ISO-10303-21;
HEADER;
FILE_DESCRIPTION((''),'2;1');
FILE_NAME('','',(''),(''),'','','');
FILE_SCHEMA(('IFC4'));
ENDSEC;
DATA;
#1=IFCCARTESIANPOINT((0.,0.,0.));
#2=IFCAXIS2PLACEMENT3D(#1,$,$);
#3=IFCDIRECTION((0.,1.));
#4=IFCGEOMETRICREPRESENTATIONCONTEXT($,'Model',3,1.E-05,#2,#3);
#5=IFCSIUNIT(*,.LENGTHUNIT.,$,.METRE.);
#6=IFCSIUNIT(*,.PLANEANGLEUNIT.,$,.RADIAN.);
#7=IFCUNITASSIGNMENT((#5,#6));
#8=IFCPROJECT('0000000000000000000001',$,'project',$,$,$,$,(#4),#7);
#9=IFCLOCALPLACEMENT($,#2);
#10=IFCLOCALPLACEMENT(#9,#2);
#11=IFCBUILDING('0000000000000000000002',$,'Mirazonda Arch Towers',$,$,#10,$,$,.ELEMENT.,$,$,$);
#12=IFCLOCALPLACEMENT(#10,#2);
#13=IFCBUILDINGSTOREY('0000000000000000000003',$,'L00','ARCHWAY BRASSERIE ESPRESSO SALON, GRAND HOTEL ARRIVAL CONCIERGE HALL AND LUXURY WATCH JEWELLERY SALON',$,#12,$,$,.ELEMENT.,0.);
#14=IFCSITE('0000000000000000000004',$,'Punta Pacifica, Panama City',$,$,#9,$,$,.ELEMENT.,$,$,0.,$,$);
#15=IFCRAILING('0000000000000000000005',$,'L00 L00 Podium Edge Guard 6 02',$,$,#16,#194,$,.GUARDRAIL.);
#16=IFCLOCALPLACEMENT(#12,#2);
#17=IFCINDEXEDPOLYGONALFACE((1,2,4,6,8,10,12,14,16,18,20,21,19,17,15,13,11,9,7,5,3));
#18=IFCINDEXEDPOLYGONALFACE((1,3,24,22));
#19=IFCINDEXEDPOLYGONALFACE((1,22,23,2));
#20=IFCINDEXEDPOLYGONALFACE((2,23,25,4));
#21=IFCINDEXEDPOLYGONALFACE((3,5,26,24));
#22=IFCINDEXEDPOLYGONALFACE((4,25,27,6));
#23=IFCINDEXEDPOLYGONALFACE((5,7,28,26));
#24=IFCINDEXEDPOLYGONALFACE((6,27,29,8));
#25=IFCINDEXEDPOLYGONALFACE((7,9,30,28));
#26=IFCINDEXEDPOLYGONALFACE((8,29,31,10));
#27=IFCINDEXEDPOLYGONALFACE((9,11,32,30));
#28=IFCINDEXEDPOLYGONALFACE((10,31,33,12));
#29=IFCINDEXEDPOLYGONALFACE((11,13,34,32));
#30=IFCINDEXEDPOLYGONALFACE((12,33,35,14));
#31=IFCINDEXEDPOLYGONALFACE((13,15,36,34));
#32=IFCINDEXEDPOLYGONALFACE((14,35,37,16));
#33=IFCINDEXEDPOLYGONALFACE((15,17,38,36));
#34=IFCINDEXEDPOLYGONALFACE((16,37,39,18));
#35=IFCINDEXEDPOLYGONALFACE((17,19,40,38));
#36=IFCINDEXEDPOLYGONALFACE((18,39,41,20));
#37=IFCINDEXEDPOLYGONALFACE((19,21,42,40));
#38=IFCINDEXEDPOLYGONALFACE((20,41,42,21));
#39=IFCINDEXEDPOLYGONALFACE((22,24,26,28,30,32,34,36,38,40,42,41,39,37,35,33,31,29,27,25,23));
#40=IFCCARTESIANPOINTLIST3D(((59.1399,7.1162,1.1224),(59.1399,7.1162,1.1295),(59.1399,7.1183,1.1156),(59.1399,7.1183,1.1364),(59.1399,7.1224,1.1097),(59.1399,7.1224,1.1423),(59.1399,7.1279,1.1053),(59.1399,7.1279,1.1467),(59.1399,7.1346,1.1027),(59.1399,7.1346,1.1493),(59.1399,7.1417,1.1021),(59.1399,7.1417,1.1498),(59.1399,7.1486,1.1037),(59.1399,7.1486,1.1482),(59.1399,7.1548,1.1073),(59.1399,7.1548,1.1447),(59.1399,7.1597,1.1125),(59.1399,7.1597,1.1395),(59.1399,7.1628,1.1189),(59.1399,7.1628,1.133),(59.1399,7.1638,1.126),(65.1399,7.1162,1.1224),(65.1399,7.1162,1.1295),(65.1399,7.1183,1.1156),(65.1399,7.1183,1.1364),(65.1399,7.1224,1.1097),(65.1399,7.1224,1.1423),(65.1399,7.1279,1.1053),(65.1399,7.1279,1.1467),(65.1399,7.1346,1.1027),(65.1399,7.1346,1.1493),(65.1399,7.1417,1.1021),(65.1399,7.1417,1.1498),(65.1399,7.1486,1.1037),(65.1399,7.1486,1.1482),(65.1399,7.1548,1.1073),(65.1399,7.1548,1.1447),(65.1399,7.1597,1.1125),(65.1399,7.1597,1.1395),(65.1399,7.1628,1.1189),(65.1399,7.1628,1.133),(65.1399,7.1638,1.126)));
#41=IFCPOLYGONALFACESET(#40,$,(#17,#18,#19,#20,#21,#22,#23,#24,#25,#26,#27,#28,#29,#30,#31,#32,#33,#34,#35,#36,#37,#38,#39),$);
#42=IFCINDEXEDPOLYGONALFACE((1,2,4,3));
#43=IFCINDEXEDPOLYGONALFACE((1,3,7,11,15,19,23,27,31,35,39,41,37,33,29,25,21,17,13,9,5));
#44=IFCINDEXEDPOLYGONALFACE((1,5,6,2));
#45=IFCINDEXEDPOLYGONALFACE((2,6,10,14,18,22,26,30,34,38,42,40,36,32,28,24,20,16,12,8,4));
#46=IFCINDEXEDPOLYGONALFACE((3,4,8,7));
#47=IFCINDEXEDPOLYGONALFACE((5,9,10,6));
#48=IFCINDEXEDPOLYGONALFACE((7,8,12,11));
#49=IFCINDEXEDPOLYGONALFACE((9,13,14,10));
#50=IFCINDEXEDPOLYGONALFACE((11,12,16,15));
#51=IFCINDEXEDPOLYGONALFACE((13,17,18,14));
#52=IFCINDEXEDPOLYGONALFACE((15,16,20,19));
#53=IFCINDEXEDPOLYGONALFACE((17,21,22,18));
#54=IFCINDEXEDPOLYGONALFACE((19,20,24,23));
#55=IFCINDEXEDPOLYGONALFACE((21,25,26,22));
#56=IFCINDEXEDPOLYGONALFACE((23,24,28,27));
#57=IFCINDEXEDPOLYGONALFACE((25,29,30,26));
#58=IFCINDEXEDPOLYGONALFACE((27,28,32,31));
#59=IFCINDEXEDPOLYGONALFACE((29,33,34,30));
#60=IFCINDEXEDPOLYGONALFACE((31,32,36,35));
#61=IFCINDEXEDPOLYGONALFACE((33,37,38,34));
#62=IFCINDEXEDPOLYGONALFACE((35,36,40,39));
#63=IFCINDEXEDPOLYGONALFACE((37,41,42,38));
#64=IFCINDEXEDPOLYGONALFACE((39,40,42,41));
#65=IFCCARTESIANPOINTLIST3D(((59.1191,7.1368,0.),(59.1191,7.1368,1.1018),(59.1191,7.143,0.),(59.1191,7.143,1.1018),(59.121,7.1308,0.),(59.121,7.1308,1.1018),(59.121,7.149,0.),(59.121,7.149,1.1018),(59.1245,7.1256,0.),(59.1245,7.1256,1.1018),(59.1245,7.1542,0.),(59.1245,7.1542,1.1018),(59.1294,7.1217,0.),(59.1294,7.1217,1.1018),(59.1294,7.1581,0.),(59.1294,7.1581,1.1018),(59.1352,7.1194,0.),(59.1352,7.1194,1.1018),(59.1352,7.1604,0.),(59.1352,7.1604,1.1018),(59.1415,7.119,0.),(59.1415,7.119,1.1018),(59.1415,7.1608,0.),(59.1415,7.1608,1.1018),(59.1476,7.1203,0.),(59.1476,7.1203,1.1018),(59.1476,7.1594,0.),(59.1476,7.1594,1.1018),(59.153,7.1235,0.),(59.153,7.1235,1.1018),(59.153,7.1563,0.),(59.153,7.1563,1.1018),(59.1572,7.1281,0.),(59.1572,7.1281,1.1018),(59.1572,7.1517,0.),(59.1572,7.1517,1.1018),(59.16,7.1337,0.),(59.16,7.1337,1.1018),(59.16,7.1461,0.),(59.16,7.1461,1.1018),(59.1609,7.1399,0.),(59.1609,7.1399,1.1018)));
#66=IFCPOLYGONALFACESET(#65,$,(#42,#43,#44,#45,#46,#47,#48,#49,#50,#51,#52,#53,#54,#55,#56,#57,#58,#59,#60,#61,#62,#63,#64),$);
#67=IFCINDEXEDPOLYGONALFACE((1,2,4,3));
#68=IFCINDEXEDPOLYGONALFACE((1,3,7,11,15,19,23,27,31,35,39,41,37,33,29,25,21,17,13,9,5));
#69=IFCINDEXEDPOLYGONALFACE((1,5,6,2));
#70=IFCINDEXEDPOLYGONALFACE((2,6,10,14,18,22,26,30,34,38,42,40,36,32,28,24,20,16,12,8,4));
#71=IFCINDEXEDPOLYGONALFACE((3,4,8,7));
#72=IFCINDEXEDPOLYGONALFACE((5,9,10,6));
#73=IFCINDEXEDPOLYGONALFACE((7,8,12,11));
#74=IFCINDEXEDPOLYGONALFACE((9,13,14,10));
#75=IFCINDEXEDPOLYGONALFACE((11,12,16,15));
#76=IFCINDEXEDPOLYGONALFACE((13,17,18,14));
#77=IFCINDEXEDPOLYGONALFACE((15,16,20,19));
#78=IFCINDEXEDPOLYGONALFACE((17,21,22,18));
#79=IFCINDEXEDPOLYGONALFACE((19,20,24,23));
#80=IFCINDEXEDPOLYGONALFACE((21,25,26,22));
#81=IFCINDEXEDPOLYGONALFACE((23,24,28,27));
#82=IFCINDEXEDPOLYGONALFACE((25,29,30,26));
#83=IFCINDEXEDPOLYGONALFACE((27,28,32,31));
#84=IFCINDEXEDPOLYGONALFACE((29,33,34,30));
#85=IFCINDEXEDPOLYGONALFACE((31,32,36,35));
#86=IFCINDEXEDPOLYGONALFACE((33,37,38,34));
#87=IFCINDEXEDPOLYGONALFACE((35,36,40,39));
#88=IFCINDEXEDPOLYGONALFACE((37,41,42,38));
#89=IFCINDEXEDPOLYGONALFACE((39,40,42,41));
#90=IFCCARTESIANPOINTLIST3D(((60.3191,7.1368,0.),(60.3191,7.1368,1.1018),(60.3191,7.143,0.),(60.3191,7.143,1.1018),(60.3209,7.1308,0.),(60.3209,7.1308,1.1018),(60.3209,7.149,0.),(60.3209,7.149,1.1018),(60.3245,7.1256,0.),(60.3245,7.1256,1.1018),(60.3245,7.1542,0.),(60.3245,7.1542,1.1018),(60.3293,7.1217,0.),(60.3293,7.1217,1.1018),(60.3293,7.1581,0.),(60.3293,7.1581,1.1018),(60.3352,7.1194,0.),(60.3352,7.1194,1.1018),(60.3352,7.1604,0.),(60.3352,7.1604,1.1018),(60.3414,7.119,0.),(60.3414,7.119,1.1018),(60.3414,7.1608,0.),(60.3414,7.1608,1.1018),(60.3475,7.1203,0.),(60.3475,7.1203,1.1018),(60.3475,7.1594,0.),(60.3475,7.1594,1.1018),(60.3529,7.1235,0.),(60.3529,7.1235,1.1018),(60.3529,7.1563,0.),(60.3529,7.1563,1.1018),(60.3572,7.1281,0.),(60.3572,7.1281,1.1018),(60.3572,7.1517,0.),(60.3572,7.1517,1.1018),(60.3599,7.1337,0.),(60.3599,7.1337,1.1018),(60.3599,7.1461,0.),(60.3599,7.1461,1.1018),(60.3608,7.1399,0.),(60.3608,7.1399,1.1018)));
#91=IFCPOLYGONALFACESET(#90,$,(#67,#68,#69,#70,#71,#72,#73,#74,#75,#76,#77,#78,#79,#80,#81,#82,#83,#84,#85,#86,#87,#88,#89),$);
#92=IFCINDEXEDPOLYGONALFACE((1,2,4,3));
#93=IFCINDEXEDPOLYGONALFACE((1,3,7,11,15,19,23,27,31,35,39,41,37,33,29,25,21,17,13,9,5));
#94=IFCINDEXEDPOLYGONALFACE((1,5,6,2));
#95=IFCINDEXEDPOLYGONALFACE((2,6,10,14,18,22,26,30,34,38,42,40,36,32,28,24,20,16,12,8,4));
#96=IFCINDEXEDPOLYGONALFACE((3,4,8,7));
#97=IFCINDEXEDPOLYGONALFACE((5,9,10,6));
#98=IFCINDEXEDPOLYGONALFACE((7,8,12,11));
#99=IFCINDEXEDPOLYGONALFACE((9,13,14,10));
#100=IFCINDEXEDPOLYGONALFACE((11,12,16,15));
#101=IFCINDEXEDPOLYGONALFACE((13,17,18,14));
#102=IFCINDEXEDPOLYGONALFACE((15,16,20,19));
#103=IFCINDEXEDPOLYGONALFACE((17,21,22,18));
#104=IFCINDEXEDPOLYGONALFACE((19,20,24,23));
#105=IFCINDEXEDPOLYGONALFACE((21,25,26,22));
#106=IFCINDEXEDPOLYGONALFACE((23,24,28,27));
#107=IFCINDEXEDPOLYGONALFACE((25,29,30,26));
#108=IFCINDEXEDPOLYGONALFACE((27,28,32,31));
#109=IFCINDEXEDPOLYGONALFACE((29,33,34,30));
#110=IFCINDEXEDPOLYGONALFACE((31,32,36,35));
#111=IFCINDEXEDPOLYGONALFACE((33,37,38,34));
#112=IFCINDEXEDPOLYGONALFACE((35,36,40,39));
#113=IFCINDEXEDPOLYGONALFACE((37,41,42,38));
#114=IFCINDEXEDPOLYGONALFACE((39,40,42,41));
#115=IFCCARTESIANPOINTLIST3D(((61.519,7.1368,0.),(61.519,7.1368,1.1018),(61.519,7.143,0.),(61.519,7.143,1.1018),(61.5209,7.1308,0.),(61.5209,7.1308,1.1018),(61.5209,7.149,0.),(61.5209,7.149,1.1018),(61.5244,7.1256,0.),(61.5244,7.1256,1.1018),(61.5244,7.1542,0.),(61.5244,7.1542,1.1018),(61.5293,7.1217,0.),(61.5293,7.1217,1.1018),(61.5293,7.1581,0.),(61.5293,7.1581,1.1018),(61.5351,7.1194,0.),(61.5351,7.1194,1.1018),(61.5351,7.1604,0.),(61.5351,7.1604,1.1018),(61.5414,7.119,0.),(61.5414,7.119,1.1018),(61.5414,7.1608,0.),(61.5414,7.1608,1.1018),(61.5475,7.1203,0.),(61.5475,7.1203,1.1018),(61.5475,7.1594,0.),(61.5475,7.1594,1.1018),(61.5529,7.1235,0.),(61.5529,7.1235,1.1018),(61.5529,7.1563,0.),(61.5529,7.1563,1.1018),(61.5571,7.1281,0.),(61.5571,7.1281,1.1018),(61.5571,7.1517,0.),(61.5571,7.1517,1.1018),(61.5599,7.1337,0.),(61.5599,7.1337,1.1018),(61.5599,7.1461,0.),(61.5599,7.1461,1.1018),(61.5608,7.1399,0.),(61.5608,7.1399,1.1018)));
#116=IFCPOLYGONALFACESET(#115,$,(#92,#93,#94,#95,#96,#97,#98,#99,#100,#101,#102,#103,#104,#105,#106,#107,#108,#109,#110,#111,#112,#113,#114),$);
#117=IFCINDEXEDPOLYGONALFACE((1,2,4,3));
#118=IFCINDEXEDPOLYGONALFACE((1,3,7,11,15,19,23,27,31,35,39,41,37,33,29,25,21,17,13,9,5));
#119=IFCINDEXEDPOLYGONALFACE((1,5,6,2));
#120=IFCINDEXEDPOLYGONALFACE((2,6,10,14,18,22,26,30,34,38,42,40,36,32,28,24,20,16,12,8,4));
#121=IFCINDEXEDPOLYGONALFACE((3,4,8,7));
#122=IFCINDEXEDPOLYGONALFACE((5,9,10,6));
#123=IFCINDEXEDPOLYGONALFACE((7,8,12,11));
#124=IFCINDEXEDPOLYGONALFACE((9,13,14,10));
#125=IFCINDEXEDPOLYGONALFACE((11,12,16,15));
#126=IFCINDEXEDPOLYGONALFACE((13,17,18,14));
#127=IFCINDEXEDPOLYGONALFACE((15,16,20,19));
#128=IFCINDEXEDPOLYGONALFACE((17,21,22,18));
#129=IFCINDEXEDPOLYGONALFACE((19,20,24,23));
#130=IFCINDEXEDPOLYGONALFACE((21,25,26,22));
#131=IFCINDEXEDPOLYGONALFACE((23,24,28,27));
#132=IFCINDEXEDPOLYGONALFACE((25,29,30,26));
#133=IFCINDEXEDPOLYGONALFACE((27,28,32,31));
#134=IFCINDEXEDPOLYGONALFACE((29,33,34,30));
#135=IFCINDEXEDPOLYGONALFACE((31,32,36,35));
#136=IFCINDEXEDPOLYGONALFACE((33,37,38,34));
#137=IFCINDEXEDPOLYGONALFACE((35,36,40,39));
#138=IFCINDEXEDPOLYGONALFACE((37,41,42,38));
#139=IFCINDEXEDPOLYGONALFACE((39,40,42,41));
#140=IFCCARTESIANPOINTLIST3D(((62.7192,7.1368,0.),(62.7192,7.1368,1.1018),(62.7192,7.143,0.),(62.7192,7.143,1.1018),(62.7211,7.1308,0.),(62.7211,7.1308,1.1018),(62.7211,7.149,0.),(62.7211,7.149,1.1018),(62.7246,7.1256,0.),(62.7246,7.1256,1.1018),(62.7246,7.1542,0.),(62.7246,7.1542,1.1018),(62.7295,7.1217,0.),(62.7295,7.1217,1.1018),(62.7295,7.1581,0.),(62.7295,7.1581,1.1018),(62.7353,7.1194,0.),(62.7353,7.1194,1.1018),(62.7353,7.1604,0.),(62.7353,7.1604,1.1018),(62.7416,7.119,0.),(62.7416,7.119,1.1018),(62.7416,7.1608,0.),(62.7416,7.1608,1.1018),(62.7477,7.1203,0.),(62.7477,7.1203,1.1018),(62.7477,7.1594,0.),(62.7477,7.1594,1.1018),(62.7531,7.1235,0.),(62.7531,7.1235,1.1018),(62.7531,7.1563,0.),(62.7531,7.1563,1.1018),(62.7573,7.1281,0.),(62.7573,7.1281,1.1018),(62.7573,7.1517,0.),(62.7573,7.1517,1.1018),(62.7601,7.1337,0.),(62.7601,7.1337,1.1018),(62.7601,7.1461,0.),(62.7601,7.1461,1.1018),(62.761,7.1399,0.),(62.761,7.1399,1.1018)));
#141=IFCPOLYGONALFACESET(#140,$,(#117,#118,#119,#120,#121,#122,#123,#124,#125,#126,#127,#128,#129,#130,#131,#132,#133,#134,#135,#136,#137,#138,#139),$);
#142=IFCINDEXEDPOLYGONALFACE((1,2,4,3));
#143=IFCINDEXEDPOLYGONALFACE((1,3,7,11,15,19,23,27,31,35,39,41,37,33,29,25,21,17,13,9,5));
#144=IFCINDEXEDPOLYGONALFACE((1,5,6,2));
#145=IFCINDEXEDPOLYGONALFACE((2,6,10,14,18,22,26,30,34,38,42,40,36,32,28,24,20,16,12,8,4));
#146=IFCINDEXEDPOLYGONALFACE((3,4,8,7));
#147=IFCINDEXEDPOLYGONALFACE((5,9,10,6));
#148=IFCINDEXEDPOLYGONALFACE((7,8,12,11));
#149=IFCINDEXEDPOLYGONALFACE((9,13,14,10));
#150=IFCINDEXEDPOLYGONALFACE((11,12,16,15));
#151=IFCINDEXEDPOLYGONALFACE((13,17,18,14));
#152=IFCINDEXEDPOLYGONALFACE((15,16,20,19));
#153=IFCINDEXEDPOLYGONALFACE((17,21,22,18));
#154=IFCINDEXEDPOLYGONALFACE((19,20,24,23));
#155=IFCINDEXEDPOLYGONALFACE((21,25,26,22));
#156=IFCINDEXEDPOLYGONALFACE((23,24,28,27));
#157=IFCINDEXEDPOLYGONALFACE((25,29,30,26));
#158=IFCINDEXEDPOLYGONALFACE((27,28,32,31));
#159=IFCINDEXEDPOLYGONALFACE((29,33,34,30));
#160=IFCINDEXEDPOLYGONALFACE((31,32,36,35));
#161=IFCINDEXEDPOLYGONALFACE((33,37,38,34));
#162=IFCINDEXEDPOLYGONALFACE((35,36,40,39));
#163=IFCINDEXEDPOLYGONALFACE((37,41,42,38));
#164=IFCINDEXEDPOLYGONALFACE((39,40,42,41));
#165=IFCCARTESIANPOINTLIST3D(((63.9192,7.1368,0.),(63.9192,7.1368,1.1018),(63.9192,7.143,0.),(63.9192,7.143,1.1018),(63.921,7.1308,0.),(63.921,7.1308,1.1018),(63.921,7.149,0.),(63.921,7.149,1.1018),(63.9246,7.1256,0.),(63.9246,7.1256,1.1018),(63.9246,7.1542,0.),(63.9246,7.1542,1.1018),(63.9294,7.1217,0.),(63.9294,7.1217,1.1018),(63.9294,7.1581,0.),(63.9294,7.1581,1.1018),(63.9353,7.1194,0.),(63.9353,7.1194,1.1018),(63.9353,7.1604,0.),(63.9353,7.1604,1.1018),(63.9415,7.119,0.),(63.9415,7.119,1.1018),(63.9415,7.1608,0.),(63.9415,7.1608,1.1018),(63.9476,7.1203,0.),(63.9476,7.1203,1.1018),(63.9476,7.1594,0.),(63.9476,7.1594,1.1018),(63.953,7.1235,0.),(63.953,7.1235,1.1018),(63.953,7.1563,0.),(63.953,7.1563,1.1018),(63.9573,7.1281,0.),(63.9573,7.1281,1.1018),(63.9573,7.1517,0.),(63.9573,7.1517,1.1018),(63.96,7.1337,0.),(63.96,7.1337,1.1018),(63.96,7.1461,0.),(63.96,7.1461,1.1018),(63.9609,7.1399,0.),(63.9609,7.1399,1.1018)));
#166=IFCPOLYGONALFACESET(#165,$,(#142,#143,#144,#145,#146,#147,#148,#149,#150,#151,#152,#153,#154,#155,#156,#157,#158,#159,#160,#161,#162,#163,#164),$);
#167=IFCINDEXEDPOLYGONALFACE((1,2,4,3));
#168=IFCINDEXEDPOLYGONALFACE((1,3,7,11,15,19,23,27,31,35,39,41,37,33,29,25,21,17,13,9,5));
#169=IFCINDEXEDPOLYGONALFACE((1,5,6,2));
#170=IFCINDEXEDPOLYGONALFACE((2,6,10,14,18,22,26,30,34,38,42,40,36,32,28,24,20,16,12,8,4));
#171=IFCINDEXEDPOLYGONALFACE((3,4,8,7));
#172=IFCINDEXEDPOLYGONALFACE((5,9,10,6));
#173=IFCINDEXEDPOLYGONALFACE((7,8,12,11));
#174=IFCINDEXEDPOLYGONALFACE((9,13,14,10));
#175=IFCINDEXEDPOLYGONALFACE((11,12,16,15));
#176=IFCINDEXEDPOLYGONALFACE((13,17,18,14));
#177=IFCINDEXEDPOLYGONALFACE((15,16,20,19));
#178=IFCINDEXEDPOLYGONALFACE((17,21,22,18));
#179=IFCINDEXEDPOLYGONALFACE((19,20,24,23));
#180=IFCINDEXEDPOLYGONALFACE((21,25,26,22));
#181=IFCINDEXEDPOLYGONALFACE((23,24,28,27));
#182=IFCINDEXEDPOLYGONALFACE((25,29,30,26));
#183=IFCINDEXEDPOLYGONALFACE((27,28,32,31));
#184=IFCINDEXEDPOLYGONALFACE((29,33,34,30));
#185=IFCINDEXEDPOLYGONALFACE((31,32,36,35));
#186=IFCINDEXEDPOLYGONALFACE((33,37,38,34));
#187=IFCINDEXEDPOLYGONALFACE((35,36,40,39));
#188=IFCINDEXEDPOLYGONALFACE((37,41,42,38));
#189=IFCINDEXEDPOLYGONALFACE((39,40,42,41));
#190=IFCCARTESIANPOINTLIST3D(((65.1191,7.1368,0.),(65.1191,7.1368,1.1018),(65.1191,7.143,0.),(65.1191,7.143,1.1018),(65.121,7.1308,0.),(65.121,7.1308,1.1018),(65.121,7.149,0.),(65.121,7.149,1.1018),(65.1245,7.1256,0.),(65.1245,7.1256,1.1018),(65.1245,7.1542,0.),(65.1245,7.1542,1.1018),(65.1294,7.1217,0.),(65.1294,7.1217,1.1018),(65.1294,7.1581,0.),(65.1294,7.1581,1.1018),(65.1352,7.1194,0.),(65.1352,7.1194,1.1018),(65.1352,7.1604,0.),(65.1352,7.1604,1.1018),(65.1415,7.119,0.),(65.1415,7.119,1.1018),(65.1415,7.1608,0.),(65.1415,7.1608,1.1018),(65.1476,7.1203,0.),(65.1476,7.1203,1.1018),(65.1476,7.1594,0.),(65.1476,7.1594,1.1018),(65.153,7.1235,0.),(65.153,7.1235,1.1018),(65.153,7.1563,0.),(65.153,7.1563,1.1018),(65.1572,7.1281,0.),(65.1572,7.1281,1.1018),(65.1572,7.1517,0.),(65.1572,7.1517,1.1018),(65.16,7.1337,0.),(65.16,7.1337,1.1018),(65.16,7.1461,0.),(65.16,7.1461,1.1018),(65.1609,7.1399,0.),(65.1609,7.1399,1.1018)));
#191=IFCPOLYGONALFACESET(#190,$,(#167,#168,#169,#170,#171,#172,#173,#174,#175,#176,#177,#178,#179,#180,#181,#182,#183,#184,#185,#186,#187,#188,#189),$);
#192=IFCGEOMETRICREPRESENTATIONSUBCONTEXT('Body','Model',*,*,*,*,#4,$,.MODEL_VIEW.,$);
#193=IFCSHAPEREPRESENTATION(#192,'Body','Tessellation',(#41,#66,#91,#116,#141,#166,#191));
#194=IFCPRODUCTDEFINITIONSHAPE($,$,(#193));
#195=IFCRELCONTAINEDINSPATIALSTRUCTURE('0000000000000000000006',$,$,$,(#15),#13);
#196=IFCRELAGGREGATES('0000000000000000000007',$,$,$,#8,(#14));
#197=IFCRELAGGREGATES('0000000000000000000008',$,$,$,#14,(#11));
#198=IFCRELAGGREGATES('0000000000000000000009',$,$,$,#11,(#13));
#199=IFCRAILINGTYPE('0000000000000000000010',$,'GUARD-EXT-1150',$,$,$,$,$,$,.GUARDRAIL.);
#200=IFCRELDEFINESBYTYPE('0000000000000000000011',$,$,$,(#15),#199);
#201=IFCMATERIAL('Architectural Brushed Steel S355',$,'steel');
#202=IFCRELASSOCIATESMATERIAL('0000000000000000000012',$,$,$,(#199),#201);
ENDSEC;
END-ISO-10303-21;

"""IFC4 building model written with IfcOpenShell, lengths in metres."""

from ifc_helpers import new_model, si_unit, direction, frame, origin, origin_2d, place, context, subcontext, project, spatial, circle, extrude, material, type_object, element, save


model = new_model("IFC4")

# Units and contexts
model_context = context("Model", 3, precision=1e-05, world=origin(), true_north=direction((0.0, 1.0)))
body_context = subcontext(model_context, "Body", "Model", "MODEL_VIEW")
ifc_project = project(units=[si_unit("LENGTHUNIT", "METRE"), si_unit("PLANEANGLEUNIT", "RADIAN")], contexts=[model_context])

# Site, building, storey
site_placement = place(None, origin())
site = spatial("IfcSite", under=ifc_project, at=site_placement, Name="Punta Pacifica, Panama City", CompositionType="ELEMENT", RefElevation=0.0)
building_placement = place(site_placement, origin())
building = spatial("IfcBuilding", under=site, at=building_placement, Name="Mirazonda Arch Towers", CompositionType="ELEMENT")
storey_placement = place(building_placement, origin())
storey = spatial("IfcBuildingStorey", under=building, at=storey_placement, Name="L00", Description="ARCHWAY BRASSERIE ESPRESSO SALON, GRAND HOTEL ARRIVAL CONCIERGE HALL AND LUXURY WATCH JEWELLERY SALON", CompositionType="ELEMENT", Elevation=0.0)

# Shared definitions
ifc_material_1 = material(Name="Architectural Brushed Steel S355", Category="steel")

# Railing
railing_type = type_object("IfcRailingType", Name="GUARD-EXT-1150", PredefinedType="GUARDRAIL", material=ifc_material_1)
railing_1_placement = place(storey_placement, frame((59.1399, 7.1399, 0.0)))
element("IfcRailing", 1, at=railing_1_placement, inside=storey, type_object=railing_type, Name="L00 L00 Podium Edge Guard 6 02", PredefinedType="GUARDRAIL", context=body_context, shape_type="SweptSolid", body=[
    extrude(circle(Radius=0.0239, at=origin_2d()), frame((0.0, 0.0, 1.126), z_axis=(1.0, 0.0, 0.0), x_axis=(0.0, 1.0, 0.0)), (0.0, 0.0, 1.0), 6.0),
    extrude(circle(Radius=0.021, at=origin_2d()), origin(), (0.0, 0.0, 1.0), 1.1018),
    extrude(circle(Radius=0.021, at=origin_2d()), frame((1.2, 0.0, 0.0)), (0.0, 0.0, 1.0), 1.1018),
    extrude(circle(Radius=0.021, at=origin_2d()), frame((2.3999, 0.0, 0.0)), (0.0, 0.0, 1.0), 1.1018),
    extrude(circle(Radius=0.021, at=origin_2d()), frame((3.6001, 0.0, 0.0)), (0.0, 0.0, 1.0), 1.1018),
    extrude(circle(Radius=0.021, at=origin_2d()), frame((4.8, 0.0, 0.0)), (0.0, 0.0, 1.0), 1.1018),
    extrude(circle(Radius=0.021, at=origin_2d()), frame((6.0, 0.0, 0.0)), (0.0, 0.0, 1.0), 1.1018),
])

save(model, "model.ifc")
